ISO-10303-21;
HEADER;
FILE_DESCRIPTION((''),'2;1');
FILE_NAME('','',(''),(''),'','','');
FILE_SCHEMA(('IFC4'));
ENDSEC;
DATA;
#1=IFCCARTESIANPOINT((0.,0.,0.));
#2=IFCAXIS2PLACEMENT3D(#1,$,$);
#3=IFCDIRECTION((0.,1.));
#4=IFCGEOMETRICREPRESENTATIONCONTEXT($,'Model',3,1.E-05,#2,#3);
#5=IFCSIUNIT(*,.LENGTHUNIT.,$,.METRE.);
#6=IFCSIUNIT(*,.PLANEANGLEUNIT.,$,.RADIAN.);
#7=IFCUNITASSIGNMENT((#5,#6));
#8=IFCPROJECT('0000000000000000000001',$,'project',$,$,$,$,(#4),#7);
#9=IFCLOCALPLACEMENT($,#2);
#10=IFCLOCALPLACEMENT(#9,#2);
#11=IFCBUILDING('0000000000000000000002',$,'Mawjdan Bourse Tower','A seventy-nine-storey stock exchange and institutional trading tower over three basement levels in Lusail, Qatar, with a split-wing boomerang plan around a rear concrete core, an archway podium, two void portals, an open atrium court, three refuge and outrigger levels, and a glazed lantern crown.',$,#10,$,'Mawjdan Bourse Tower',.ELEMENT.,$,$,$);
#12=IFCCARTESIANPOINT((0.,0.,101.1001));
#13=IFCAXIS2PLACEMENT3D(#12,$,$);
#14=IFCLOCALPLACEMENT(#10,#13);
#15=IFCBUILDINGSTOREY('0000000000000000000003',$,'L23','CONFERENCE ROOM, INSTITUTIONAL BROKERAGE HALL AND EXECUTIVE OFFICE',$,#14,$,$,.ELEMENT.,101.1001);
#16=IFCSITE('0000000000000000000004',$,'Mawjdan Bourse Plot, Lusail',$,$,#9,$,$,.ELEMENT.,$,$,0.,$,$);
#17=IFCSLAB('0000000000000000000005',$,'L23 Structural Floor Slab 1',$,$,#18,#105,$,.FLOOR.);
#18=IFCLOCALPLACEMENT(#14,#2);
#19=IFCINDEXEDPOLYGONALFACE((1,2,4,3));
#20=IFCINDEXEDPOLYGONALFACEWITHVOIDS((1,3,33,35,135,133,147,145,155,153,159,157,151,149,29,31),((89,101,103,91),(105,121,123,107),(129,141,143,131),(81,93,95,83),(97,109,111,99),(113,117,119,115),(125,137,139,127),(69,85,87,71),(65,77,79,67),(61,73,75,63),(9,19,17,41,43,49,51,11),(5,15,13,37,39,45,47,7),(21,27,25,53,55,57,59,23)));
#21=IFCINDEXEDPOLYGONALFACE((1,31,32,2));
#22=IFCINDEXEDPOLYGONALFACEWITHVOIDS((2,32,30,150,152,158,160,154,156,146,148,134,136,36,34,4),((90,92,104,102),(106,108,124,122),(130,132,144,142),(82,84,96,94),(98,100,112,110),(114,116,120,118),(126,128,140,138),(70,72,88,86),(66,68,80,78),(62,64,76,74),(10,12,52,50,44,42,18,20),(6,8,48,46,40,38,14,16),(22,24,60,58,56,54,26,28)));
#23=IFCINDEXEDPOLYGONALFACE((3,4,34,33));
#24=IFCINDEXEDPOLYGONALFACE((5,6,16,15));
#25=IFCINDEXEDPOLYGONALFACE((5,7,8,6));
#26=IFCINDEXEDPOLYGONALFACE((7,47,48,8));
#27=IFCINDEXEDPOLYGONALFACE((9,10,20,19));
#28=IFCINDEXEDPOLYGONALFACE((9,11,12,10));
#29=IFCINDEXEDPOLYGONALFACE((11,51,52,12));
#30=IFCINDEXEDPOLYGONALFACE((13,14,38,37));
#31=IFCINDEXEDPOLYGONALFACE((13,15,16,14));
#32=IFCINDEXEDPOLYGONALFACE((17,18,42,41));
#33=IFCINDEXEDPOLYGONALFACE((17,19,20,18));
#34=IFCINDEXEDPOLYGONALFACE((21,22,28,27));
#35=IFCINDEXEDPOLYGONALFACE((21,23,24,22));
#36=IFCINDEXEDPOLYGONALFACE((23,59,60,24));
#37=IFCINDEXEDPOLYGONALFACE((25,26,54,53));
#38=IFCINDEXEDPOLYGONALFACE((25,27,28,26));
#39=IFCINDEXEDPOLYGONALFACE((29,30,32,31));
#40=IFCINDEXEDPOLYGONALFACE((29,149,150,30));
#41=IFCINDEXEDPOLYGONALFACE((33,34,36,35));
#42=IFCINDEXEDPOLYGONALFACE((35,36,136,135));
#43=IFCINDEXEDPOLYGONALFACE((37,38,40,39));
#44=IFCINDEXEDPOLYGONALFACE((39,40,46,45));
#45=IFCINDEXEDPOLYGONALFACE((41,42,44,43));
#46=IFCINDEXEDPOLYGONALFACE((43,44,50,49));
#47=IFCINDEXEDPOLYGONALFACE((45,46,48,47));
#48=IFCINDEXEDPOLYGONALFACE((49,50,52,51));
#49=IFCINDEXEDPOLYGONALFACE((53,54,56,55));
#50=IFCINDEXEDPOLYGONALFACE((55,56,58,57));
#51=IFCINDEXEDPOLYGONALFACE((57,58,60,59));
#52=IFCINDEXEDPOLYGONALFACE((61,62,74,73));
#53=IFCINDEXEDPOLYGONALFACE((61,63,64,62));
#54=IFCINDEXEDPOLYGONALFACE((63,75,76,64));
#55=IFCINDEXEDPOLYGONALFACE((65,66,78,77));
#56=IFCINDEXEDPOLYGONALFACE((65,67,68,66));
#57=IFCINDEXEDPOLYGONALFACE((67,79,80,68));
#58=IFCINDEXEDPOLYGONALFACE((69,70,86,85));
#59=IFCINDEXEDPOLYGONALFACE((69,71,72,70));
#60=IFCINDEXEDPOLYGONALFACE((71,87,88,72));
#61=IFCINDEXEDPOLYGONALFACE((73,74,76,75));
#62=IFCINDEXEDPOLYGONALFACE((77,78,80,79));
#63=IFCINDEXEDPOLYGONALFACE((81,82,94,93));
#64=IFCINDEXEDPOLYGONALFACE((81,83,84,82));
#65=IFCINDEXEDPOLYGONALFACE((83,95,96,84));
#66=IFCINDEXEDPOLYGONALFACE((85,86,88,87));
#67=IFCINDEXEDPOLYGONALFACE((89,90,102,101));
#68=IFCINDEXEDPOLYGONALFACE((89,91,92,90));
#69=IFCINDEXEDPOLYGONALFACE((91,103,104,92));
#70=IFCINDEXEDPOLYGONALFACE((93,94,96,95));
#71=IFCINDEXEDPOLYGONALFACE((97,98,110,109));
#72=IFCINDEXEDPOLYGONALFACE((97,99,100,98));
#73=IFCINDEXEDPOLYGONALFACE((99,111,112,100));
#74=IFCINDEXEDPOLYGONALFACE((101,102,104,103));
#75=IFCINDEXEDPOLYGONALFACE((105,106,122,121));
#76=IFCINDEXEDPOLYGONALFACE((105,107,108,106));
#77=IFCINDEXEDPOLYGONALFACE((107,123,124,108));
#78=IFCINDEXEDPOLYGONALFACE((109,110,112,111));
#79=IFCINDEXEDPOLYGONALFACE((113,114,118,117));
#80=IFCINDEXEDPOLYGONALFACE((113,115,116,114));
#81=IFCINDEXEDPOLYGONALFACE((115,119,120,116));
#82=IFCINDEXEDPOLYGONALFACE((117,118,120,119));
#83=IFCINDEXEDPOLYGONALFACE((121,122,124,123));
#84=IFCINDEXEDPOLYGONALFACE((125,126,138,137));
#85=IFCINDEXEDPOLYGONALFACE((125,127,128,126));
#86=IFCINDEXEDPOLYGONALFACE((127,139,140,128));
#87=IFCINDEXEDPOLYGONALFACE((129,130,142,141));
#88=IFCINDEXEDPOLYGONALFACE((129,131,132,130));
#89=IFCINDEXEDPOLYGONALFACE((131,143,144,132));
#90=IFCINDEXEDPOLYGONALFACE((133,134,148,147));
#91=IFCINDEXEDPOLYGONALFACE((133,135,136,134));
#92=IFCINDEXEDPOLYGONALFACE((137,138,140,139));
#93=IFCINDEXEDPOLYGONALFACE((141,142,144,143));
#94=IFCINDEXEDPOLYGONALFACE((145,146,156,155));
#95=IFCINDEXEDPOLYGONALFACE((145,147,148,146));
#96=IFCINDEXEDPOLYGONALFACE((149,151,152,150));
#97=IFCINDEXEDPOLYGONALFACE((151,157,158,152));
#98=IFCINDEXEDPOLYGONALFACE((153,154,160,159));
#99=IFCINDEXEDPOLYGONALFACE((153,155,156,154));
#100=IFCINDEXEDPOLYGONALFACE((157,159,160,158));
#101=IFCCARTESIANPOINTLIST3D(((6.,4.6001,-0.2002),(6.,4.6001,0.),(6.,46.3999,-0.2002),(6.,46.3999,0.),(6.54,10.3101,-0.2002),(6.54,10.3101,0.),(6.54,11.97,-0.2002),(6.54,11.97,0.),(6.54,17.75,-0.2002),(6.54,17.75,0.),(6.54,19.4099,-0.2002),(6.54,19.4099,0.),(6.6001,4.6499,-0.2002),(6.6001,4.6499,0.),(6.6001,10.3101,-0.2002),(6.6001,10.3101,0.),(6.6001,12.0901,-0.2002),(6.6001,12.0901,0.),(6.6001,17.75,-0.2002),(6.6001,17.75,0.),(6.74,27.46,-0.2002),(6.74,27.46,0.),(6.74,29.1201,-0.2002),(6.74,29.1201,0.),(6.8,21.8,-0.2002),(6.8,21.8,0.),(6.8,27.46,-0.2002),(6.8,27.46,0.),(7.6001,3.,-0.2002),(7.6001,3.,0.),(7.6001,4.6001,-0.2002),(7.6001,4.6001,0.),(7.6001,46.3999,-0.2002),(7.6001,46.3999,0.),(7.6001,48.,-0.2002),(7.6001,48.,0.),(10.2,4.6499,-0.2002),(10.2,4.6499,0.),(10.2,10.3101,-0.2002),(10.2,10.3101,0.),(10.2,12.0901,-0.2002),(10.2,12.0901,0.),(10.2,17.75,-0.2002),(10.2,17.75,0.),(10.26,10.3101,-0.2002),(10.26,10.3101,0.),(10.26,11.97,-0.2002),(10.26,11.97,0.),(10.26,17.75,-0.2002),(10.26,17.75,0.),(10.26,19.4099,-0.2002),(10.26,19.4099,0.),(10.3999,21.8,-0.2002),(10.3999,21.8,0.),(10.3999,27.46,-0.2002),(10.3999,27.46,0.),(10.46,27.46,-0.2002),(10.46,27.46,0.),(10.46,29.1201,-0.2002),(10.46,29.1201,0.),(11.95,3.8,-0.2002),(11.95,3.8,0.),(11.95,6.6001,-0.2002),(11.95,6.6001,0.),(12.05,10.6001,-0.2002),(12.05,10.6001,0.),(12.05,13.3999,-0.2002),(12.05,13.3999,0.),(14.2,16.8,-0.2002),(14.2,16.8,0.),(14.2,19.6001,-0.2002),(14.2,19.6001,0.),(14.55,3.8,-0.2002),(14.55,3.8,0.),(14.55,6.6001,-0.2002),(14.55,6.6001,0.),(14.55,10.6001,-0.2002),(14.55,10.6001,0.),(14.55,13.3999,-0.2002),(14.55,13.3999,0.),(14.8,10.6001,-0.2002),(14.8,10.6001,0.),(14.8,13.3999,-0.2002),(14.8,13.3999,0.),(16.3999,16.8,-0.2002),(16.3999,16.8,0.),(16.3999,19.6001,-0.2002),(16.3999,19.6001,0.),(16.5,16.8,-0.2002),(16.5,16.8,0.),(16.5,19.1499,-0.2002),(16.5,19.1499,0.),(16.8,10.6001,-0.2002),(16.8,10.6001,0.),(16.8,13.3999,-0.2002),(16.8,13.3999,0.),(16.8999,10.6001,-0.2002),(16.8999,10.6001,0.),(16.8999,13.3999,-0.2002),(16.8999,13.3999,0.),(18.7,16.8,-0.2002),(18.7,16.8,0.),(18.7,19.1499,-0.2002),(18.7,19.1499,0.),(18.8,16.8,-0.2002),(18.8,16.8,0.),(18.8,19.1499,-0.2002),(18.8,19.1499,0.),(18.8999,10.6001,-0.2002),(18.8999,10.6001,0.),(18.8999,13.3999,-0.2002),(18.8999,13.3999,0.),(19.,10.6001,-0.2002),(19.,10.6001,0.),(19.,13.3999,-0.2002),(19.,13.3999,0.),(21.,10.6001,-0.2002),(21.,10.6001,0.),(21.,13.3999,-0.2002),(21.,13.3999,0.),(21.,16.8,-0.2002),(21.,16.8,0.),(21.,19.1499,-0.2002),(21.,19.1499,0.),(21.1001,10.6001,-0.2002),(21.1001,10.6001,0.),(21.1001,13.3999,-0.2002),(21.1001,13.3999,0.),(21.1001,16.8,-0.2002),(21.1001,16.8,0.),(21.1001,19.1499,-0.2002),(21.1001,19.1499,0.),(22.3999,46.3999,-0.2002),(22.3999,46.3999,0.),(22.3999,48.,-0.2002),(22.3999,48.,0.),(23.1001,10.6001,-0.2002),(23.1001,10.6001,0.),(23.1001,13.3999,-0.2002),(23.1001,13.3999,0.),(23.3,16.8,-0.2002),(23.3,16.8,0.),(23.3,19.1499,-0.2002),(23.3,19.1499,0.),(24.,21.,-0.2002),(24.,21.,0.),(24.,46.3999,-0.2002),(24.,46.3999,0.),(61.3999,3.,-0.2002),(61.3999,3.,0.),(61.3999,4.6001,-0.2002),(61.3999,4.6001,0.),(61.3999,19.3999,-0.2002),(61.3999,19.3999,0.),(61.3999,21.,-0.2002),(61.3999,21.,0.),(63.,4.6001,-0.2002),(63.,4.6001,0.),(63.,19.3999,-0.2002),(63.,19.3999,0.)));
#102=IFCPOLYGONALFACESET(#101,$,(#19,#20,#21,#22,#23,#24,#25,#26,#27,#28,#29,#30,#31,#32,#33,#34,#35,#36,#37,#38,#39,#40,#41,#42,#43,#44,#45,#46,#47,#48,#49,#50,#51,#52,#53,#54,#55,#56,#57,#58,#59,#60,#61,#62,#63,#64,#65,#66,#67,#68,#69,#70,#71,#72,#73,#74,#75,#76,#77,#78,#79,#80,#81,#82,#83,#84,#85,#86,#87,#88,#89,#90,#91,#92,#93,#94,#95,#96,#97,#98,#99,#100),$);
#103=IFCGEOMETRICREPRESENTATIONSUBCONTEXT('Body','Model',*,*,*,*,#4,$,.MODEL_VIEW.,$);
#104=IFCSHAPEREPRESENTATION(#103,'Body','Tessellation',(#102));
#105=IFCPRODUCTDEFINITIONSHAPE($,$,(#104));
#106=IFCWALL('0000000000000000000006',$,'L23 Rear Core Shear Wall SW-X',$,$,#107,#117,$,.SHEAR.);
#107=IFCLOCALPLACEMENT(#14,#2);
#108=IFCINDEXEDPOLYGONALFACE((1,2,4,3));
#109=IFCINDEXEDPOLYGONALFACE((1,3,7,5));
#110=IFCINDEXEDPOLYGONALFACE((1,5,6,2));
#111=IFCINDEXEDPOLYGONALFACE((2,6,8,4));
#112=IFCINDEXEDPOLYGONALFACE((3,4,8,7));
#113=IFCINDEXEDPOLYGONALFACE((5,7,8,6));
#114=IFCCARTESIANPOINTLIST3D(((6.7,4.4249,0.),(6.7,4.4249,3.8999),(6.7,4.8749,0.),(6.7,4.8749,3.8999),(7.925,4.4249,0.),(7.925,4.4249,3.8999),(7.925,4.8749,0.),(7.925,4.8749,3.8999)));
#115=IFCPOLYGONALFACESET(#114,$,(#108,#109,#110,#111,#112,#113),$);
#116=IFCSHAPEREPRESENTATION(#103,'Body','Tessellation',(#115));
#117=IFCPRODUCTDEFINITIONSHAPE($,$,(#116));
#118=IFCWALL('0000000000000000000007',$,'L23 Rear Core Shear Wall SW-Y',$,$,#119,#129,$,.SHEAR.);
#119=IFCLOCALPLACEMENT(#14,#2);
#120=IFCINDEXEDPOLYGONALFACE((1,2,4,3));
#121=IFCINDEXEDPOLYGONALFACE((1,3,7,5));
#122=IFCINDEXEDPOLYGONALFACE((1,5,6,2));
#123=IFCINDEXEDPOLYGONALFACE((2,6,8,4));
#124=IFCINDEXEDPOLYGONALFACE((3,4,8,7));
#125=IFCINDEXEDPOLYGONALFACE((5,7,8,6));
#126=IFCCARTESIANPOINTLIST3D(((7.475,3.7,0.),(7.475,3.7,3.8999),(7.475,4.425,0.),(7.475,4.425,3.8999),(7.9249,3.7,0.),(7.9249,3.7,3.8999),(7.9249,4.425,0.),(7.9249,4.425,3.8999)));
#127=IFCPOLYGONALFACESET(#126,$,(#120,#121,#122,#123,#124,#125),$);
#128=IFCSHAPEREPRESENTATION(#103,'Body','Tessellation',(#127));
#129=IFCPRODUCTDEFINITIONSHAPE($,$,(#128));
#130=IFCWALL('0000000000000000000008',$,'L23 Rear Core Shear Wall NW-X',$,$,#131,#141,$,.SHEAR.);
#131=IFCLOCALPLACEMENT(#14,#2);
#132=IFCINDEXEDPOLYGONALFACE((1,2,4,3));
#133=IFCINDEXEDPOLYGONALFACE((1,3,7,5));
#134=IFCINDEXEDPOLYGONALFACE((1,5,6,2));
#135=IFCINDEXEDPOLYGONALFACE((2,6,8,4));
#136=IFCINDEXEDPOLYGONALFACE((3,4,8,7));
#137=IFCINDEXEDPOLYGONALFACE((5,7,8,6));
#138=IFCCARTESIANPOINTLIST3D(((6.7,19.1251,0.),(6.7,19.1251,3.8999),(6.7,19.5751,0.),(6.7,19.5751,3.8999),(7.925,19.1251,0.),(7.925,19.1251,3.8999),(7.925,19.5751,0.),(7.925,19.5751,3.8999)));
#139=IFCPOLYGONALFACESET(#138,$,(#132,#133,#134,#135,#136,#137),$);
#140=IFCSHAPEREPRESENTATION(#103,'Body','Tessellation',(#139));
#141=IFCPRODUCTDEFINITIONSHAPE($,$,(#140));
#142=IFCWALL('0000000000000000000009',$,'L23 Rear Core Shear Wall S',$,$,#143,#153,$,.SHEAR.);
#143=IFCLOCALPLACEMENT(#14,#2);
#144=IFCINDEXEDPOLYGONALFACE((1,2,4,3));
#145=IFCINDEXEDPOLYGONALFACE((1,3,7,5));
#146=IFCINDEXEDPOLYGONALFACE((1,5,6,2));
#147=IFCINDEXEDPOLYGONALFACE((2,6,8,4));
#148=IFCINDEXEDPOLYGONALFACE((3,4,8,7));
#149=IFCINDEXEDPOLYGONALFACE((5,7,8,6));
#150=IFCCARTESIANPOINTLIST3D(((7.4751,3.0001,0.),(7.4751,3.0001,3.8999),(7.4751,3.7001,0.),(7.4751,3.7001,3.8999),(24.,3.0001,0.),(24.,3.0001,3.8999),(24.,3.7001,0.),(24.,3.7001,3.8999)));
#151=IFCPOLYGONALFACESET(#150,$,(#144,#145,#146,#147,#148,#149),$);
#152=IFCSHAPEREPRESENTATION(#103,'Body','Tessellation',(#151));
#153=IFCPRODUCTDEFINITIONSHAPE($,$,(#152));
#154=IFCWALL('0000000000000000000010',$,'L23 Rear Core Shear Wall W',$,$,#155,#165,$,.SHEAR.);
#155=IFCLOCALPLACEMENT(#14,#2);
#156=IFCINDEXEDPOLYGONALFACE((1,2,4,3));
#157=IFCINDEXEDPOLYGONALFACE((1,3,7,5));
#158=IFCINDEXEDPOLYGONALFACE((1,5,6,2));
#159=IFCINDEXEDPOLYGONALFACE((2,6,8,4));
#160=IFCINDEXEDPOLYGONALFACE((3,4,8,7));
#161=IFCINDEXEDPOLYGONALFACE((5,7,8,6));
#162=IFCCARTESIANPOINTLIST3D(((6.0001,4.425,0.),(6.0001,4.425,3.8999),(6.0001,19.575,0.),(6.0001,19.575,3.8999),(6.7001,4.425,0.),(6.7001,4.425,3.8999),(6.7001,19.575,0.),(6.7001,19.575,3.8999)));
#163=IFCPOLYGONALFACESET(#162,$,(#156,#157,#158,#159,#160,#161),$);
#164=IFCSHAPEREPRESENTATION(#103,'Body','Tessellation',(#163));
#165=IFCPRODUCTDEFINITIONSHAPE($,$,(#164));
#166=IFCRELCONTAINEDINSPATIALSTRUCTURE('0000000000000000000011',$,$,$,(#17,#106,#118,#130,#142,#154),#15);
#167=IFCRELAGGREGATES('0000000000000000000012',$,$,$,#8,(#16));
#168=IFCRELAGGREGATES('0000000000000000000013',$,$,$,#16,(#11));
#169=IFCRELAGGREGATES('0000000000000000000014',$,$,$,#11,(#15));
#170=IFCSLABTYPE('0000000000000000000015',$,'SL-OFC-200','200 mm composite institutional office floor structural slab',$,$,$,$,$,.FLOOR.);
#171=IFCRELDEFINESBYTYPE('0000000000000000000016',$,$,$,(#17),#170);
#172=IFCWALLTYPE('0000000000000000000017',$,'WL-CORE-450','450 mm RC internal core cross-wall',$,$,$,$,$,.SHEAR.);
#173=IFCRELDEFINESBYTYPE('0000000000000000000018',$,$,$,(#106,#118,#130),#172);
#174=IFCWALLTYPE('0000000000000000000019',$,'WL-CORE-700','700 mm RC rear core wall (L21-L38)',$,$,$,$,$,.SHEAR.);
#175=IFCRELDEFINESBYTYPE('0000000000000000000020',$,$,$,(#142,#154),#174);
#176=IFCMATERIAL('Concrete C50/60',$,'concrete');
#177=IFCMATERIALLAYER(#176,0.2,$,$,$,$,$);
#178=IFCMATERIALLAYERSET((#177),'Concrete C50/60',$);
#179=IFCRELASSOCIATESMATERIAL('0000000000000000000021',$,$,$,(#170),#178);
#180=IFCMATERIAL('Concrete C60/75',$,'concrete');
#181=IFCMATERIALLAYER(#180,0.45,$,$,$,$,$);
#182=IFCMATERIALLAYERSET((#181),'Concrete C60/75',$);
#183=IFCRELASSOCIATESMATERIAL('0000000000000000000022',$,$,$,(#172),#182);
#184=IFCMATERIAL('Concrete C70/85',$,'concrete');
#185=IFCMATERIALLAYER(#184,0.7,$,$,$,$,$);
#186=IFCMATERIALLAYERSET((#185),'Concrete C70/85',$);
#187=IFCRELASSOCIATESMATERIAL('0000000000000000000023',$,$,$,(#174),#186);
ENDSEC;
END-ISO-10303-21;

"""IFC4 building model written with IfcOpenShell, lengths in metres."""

from ifc_helpers import new_model, si_unit, direction, frame, frame_2d, origin, place, context, subcontext, project, spatial, polyline, rectangle, outline, extrude, material, layer, layer_set, type_object, element, save


model = new_model("IFC4")

# Units and contexts
model_context = context("Model", 3, precision=1e-05, world=origin(), true_north=direction((0.0, 1.0)))
body_context = subcontext(model_context, "Body", "Model", "MODEL_VIEW")
ifc_project = project(units=[si_unit("LENGTHUNIT", "METRE"), si_unit("PLANEANGLEUNIT", "RADIAN")], contexts=[model_context])

# Site, building, storey
site_placement = place(None, origin())
site = spatial("IfcSite", under=ifc_project, at=site_placement, Name="Mawjdan Bourse Plot, Lusail", CompositionType="ELEMENT", RefElevation=0.0)
building_placement = place(site_placement, origin())
building = spatial("IfcBuilding", under=site, at=building_placement, Name="Mawjdan Bourse Tower", Description="A seventy-nine-storey stock exchange and institutional trading tower over three basement levels in Lusail, Qatar, with a split-wing boomerang plan around a rear concrete core, an archway podium, two void portals, an open atrium court, three refuge and outrigger levels, and a glazed lantern crown.", LongName="Mawjdan Bourse Tower", CompositionType="ELEMENT")
storey_placement = place(building_placement, frame((0.0, 0.0, 101.1001)))
storey = spatial("IfcBuildingStorey", under=building, at=storey_placement, Name="L23", Description="CONFERENCE ROOM, INSTITUTIONAL BROKERAGE HALL AND EXECUTIVE OFFICE", CompositionType="ELEMENT", Elevation=101.1001)

# Shared definitions
ifc_material_1 = material(Name="Concrete C50/60", Category="concrete")

# Slab
ifc_layer_1 = layer(ifc_material_1, 0.2)
ifc_layer_set_1 = layer_set([ifc_layer_1], Name="Concrete C50/60")
slab_type_1 = type_object("IfcSlabType", Name="SL-OFC-200", Description="200 mm composite institutional office floor structural slab", PredefinedType="FLOOR", material=ifc_layer_set_1)
slab_1_placement = place(storey_placement, frame((0.0, 0.0, -0.2002)))
element("IfcSlab", 1, at=slab_1_placement, inside=storey, type_object=slab_type_1, Name="L23 Structural Floor Slab 1", PredefinedType="FLOOR", context=body_context, shape_type="SweptSolid", body=[
    extrude(outline(polyline([(7.6001, 3.0), (61.3999, 3.0), (61.3999, 4.6001), (63.0, 4.6001), (63.0, 19.3999), (61.3999, 19.3999), (61.3999, 21.0), (24.0, 21.0), (24.0, 46.3999), (22.3999, 46.3999), (22.3999, 48.0), (7.6001, 48.0), (7.6001, 46.3999), (6.0, 46.3999), (6.0, 4.6001), (7.6001, 4.6001), (7.6001, 3.0)]), holes=[polyline([(11.95, 3.8), (11.95, 6.6001), (14.55, 6.6001), (14.55, 3.8), (11.95, 3.8)]), polyline([(6.6001, 10.3101), (6.54, 10.3101), (6.54, 11.97), (10.26, 11.97), (10.26, 10.3101), (10.2, 10.3101), (10.2, 4.6499), (6.6001, 4.6499), (6.6001, 10.3101)]), polyline([(12.05, 10.6001), (12.05, 13.3999), (14.55, 13.3999), (14.55, 10.6001), (12.05, 10.6001)]), polyline([(10.26, 19.4099), (10.26, 17.75), (10.2, 17.75), (10.2, 12.0901), (6.6001, 12.0901), (6.6001, 17.75), (6.54, 17.75), (6.54, 19.4099), (10.26, 19.4099)]), polyline([(10.46, 29.1201), (10.46, 27.46), (10.3999, 27.46), (10.3999, 21.8), (6.8, 21.8), (6.8, 27.46), (6.74, 27.46), (6.74, 29.1201), (10.46, 29.1201)]), polyline([(14.8, 10.6001), (14.8, 13.3999), (16.8, 13.3999), (16.8, 10.6001), (14.8, 10.6001)]), polyline([(16.8999, 10.6001), (16.8999, 13.3999), (18.8999, 13.3999), (18.8999, 10.6001), (16.8999, 10.6001)]), polyline([(19.0, 10.6001), (19.0, 13.3999), (21.0, 13.3999), (21.0, 10.6001), (19.0, 10.6001)]), polyline([(21.1001, 10.6001), (21.1001, 13.3999), (23.1001, 13.3999), (23.1001, 10.6001), (21.1001, 10.6001)]), polyline([(16.5, 16.8), (16.5, 19.1499), (18.7, 19.1499), (18.7, 16.8), (16.5, 16.8)]), polyline([(18.8, 16.8), (18.8, 19.1499), (21.0, 19.1499), (21.0, 16.8), (18.8, 16.8)]), polyline([(21.1001, 16.8), (21.1001, 19.1499), (23.3, 19.1499), (23.3, 16.8), (21.1001, 16.8)]), polyline([(14.2, 16.8), (14.2, 19.6001), (16.3999, 19.6001), (16.3999, 16.8), (14.2, 16.8)])]), origin(), (0.0, 0.0, 1.0), 0.2002),
])

# Walls
ifc_material_2 = material(Name="Concrete C60/75", Category="concrete")
ifc_layer_2 = layer(ifc_material_2, 0.45)
ifc_layer_set_2 = layer_set([ifc_layer_2], Name="Concrete C60/75")
wall_type_1 = type_object("IfcWallType", Name="WL-CORE-450", Description="450 mm RC internal core cross-wall", PredefinedType="SHEAR", material=ifc_layer_set_2)
wall_1_placement = place(storey_placement, frame((6.7, 4.6499, 0.0), z_axis=(0.0, 0.0, 1.0), x_axis=(1.0, 0.0, 0.0)))
element("IfcWall", 2, at=wall_1_placement, inside=storey, type_object=wall_type_1, Name="L23 Rear Core Shear Wall SW-X", PredefinedType="SHEAR", context=body_context, shape_type="SweptSolid", body=[
    extrude(rectangle(XDim=1.2251, YDim=0.45, at=frame_2d((0.6125, 0.0))), origin(), (0.0, 0.0, 1.0), 3.8999),
])
wall_2_placement = place(storey_placement, frame((7.7, 3.7, 0.0), z_axis=(0.0, 0.0, 1.0), x_axis=(0.0, 1.0, 0.0)))
element("IfcWall", 3, at=wall_2_placement, inside=storey, type_object=wall_type_1, Name="L23 Rear Core Shear Wall SW-Y", PredefinedType="SHEAR", context=body_context, shape_type="SweptSolid", body=[
    extrude(rectangle(XDim=0.7251, YDim=0.45, at=frame_2d((0.3625, 0.0))), origin(), (0.0, 0.0, 1.0), 3.8999),
])
wall_3_placement = place(storey_placement, frame((6.7, 19.3501, 0.0), z_axis=(0.0, 0.0, 1.0), x_axis=(1.0, 0.0, 0.0)))
element("IfcWall", 4, at=wall_3_placement, inside=storey, type_object=wall_type_1, Name="L23 Rear Core Shear Wall NW-X", PredefinedType="SHEAR", context=body_context, shape_type="SweptSolid", body=[
    extrude(rectangle(XDim=1.2251, YDim=0.45, at=frame_2d((0.6125, 0.0))), origin(), (0.0, 0.0, 1.0), 3.8999),
])
ifc_material_3 = material(Name="Concrete C70/85", Category="concrete")
ifc_layer_3 = layer(ifc_material_3, 0.7)
ifc_layer_set_3 = layer_set([ifc_layer_3], Name="Concrete C70/85")
wall_type_2 = type_object("IfcWallType", Name="WL-CORE-700", Description="700 mm RC rear core wall (L21-L38)", PredefinedType="SHEAR", material=ifc_layer_set_3)
wall_4_placement = place(storey_placement, frame((7.4751, 3.3501, 0.0), z_axis=(0.0, 0.0, 1.0), x_axis=(1.0, 0.0, 0.0)))
element("IfcWall", 5, at=wall_4_placement, inside=storey, type_object=wall_type_2, Name="L23 Rear Core Shear Wall S", PredefinedType="SHEAR", context=body_context, shape_type="SweptSolid", body=[
    extrude(rectangle(XDim=16.5249, YDim=0.7, at=frame_2d((8.2625, 0.0))), origin(), (0.0, 0.0, 1.0), 3.8999),
])
wall_5_placement = place(storey_placement, frame((6.3501, 4.425, 0.0), z_axis=(0.0, 0.0, 1.0), x_axis=(0.0, 1.0, 0.0)))
element("IfcWall", 6, at=wall_5_placement, inside=storey, type_object=wall_type_2, Name="L23 Rear Core Shear Wall W", PredefinedType="SHEAR", context=body_context, shape_type="SweptSolid", body=[
    extrude(rectangle(XDim=15.1499, YDim=0.7, at=frame_2d((7.575, 0.0))), origin(), (0.0, 0.0, 1.0), 3.8999),
])

save(model, "model.ifc")
